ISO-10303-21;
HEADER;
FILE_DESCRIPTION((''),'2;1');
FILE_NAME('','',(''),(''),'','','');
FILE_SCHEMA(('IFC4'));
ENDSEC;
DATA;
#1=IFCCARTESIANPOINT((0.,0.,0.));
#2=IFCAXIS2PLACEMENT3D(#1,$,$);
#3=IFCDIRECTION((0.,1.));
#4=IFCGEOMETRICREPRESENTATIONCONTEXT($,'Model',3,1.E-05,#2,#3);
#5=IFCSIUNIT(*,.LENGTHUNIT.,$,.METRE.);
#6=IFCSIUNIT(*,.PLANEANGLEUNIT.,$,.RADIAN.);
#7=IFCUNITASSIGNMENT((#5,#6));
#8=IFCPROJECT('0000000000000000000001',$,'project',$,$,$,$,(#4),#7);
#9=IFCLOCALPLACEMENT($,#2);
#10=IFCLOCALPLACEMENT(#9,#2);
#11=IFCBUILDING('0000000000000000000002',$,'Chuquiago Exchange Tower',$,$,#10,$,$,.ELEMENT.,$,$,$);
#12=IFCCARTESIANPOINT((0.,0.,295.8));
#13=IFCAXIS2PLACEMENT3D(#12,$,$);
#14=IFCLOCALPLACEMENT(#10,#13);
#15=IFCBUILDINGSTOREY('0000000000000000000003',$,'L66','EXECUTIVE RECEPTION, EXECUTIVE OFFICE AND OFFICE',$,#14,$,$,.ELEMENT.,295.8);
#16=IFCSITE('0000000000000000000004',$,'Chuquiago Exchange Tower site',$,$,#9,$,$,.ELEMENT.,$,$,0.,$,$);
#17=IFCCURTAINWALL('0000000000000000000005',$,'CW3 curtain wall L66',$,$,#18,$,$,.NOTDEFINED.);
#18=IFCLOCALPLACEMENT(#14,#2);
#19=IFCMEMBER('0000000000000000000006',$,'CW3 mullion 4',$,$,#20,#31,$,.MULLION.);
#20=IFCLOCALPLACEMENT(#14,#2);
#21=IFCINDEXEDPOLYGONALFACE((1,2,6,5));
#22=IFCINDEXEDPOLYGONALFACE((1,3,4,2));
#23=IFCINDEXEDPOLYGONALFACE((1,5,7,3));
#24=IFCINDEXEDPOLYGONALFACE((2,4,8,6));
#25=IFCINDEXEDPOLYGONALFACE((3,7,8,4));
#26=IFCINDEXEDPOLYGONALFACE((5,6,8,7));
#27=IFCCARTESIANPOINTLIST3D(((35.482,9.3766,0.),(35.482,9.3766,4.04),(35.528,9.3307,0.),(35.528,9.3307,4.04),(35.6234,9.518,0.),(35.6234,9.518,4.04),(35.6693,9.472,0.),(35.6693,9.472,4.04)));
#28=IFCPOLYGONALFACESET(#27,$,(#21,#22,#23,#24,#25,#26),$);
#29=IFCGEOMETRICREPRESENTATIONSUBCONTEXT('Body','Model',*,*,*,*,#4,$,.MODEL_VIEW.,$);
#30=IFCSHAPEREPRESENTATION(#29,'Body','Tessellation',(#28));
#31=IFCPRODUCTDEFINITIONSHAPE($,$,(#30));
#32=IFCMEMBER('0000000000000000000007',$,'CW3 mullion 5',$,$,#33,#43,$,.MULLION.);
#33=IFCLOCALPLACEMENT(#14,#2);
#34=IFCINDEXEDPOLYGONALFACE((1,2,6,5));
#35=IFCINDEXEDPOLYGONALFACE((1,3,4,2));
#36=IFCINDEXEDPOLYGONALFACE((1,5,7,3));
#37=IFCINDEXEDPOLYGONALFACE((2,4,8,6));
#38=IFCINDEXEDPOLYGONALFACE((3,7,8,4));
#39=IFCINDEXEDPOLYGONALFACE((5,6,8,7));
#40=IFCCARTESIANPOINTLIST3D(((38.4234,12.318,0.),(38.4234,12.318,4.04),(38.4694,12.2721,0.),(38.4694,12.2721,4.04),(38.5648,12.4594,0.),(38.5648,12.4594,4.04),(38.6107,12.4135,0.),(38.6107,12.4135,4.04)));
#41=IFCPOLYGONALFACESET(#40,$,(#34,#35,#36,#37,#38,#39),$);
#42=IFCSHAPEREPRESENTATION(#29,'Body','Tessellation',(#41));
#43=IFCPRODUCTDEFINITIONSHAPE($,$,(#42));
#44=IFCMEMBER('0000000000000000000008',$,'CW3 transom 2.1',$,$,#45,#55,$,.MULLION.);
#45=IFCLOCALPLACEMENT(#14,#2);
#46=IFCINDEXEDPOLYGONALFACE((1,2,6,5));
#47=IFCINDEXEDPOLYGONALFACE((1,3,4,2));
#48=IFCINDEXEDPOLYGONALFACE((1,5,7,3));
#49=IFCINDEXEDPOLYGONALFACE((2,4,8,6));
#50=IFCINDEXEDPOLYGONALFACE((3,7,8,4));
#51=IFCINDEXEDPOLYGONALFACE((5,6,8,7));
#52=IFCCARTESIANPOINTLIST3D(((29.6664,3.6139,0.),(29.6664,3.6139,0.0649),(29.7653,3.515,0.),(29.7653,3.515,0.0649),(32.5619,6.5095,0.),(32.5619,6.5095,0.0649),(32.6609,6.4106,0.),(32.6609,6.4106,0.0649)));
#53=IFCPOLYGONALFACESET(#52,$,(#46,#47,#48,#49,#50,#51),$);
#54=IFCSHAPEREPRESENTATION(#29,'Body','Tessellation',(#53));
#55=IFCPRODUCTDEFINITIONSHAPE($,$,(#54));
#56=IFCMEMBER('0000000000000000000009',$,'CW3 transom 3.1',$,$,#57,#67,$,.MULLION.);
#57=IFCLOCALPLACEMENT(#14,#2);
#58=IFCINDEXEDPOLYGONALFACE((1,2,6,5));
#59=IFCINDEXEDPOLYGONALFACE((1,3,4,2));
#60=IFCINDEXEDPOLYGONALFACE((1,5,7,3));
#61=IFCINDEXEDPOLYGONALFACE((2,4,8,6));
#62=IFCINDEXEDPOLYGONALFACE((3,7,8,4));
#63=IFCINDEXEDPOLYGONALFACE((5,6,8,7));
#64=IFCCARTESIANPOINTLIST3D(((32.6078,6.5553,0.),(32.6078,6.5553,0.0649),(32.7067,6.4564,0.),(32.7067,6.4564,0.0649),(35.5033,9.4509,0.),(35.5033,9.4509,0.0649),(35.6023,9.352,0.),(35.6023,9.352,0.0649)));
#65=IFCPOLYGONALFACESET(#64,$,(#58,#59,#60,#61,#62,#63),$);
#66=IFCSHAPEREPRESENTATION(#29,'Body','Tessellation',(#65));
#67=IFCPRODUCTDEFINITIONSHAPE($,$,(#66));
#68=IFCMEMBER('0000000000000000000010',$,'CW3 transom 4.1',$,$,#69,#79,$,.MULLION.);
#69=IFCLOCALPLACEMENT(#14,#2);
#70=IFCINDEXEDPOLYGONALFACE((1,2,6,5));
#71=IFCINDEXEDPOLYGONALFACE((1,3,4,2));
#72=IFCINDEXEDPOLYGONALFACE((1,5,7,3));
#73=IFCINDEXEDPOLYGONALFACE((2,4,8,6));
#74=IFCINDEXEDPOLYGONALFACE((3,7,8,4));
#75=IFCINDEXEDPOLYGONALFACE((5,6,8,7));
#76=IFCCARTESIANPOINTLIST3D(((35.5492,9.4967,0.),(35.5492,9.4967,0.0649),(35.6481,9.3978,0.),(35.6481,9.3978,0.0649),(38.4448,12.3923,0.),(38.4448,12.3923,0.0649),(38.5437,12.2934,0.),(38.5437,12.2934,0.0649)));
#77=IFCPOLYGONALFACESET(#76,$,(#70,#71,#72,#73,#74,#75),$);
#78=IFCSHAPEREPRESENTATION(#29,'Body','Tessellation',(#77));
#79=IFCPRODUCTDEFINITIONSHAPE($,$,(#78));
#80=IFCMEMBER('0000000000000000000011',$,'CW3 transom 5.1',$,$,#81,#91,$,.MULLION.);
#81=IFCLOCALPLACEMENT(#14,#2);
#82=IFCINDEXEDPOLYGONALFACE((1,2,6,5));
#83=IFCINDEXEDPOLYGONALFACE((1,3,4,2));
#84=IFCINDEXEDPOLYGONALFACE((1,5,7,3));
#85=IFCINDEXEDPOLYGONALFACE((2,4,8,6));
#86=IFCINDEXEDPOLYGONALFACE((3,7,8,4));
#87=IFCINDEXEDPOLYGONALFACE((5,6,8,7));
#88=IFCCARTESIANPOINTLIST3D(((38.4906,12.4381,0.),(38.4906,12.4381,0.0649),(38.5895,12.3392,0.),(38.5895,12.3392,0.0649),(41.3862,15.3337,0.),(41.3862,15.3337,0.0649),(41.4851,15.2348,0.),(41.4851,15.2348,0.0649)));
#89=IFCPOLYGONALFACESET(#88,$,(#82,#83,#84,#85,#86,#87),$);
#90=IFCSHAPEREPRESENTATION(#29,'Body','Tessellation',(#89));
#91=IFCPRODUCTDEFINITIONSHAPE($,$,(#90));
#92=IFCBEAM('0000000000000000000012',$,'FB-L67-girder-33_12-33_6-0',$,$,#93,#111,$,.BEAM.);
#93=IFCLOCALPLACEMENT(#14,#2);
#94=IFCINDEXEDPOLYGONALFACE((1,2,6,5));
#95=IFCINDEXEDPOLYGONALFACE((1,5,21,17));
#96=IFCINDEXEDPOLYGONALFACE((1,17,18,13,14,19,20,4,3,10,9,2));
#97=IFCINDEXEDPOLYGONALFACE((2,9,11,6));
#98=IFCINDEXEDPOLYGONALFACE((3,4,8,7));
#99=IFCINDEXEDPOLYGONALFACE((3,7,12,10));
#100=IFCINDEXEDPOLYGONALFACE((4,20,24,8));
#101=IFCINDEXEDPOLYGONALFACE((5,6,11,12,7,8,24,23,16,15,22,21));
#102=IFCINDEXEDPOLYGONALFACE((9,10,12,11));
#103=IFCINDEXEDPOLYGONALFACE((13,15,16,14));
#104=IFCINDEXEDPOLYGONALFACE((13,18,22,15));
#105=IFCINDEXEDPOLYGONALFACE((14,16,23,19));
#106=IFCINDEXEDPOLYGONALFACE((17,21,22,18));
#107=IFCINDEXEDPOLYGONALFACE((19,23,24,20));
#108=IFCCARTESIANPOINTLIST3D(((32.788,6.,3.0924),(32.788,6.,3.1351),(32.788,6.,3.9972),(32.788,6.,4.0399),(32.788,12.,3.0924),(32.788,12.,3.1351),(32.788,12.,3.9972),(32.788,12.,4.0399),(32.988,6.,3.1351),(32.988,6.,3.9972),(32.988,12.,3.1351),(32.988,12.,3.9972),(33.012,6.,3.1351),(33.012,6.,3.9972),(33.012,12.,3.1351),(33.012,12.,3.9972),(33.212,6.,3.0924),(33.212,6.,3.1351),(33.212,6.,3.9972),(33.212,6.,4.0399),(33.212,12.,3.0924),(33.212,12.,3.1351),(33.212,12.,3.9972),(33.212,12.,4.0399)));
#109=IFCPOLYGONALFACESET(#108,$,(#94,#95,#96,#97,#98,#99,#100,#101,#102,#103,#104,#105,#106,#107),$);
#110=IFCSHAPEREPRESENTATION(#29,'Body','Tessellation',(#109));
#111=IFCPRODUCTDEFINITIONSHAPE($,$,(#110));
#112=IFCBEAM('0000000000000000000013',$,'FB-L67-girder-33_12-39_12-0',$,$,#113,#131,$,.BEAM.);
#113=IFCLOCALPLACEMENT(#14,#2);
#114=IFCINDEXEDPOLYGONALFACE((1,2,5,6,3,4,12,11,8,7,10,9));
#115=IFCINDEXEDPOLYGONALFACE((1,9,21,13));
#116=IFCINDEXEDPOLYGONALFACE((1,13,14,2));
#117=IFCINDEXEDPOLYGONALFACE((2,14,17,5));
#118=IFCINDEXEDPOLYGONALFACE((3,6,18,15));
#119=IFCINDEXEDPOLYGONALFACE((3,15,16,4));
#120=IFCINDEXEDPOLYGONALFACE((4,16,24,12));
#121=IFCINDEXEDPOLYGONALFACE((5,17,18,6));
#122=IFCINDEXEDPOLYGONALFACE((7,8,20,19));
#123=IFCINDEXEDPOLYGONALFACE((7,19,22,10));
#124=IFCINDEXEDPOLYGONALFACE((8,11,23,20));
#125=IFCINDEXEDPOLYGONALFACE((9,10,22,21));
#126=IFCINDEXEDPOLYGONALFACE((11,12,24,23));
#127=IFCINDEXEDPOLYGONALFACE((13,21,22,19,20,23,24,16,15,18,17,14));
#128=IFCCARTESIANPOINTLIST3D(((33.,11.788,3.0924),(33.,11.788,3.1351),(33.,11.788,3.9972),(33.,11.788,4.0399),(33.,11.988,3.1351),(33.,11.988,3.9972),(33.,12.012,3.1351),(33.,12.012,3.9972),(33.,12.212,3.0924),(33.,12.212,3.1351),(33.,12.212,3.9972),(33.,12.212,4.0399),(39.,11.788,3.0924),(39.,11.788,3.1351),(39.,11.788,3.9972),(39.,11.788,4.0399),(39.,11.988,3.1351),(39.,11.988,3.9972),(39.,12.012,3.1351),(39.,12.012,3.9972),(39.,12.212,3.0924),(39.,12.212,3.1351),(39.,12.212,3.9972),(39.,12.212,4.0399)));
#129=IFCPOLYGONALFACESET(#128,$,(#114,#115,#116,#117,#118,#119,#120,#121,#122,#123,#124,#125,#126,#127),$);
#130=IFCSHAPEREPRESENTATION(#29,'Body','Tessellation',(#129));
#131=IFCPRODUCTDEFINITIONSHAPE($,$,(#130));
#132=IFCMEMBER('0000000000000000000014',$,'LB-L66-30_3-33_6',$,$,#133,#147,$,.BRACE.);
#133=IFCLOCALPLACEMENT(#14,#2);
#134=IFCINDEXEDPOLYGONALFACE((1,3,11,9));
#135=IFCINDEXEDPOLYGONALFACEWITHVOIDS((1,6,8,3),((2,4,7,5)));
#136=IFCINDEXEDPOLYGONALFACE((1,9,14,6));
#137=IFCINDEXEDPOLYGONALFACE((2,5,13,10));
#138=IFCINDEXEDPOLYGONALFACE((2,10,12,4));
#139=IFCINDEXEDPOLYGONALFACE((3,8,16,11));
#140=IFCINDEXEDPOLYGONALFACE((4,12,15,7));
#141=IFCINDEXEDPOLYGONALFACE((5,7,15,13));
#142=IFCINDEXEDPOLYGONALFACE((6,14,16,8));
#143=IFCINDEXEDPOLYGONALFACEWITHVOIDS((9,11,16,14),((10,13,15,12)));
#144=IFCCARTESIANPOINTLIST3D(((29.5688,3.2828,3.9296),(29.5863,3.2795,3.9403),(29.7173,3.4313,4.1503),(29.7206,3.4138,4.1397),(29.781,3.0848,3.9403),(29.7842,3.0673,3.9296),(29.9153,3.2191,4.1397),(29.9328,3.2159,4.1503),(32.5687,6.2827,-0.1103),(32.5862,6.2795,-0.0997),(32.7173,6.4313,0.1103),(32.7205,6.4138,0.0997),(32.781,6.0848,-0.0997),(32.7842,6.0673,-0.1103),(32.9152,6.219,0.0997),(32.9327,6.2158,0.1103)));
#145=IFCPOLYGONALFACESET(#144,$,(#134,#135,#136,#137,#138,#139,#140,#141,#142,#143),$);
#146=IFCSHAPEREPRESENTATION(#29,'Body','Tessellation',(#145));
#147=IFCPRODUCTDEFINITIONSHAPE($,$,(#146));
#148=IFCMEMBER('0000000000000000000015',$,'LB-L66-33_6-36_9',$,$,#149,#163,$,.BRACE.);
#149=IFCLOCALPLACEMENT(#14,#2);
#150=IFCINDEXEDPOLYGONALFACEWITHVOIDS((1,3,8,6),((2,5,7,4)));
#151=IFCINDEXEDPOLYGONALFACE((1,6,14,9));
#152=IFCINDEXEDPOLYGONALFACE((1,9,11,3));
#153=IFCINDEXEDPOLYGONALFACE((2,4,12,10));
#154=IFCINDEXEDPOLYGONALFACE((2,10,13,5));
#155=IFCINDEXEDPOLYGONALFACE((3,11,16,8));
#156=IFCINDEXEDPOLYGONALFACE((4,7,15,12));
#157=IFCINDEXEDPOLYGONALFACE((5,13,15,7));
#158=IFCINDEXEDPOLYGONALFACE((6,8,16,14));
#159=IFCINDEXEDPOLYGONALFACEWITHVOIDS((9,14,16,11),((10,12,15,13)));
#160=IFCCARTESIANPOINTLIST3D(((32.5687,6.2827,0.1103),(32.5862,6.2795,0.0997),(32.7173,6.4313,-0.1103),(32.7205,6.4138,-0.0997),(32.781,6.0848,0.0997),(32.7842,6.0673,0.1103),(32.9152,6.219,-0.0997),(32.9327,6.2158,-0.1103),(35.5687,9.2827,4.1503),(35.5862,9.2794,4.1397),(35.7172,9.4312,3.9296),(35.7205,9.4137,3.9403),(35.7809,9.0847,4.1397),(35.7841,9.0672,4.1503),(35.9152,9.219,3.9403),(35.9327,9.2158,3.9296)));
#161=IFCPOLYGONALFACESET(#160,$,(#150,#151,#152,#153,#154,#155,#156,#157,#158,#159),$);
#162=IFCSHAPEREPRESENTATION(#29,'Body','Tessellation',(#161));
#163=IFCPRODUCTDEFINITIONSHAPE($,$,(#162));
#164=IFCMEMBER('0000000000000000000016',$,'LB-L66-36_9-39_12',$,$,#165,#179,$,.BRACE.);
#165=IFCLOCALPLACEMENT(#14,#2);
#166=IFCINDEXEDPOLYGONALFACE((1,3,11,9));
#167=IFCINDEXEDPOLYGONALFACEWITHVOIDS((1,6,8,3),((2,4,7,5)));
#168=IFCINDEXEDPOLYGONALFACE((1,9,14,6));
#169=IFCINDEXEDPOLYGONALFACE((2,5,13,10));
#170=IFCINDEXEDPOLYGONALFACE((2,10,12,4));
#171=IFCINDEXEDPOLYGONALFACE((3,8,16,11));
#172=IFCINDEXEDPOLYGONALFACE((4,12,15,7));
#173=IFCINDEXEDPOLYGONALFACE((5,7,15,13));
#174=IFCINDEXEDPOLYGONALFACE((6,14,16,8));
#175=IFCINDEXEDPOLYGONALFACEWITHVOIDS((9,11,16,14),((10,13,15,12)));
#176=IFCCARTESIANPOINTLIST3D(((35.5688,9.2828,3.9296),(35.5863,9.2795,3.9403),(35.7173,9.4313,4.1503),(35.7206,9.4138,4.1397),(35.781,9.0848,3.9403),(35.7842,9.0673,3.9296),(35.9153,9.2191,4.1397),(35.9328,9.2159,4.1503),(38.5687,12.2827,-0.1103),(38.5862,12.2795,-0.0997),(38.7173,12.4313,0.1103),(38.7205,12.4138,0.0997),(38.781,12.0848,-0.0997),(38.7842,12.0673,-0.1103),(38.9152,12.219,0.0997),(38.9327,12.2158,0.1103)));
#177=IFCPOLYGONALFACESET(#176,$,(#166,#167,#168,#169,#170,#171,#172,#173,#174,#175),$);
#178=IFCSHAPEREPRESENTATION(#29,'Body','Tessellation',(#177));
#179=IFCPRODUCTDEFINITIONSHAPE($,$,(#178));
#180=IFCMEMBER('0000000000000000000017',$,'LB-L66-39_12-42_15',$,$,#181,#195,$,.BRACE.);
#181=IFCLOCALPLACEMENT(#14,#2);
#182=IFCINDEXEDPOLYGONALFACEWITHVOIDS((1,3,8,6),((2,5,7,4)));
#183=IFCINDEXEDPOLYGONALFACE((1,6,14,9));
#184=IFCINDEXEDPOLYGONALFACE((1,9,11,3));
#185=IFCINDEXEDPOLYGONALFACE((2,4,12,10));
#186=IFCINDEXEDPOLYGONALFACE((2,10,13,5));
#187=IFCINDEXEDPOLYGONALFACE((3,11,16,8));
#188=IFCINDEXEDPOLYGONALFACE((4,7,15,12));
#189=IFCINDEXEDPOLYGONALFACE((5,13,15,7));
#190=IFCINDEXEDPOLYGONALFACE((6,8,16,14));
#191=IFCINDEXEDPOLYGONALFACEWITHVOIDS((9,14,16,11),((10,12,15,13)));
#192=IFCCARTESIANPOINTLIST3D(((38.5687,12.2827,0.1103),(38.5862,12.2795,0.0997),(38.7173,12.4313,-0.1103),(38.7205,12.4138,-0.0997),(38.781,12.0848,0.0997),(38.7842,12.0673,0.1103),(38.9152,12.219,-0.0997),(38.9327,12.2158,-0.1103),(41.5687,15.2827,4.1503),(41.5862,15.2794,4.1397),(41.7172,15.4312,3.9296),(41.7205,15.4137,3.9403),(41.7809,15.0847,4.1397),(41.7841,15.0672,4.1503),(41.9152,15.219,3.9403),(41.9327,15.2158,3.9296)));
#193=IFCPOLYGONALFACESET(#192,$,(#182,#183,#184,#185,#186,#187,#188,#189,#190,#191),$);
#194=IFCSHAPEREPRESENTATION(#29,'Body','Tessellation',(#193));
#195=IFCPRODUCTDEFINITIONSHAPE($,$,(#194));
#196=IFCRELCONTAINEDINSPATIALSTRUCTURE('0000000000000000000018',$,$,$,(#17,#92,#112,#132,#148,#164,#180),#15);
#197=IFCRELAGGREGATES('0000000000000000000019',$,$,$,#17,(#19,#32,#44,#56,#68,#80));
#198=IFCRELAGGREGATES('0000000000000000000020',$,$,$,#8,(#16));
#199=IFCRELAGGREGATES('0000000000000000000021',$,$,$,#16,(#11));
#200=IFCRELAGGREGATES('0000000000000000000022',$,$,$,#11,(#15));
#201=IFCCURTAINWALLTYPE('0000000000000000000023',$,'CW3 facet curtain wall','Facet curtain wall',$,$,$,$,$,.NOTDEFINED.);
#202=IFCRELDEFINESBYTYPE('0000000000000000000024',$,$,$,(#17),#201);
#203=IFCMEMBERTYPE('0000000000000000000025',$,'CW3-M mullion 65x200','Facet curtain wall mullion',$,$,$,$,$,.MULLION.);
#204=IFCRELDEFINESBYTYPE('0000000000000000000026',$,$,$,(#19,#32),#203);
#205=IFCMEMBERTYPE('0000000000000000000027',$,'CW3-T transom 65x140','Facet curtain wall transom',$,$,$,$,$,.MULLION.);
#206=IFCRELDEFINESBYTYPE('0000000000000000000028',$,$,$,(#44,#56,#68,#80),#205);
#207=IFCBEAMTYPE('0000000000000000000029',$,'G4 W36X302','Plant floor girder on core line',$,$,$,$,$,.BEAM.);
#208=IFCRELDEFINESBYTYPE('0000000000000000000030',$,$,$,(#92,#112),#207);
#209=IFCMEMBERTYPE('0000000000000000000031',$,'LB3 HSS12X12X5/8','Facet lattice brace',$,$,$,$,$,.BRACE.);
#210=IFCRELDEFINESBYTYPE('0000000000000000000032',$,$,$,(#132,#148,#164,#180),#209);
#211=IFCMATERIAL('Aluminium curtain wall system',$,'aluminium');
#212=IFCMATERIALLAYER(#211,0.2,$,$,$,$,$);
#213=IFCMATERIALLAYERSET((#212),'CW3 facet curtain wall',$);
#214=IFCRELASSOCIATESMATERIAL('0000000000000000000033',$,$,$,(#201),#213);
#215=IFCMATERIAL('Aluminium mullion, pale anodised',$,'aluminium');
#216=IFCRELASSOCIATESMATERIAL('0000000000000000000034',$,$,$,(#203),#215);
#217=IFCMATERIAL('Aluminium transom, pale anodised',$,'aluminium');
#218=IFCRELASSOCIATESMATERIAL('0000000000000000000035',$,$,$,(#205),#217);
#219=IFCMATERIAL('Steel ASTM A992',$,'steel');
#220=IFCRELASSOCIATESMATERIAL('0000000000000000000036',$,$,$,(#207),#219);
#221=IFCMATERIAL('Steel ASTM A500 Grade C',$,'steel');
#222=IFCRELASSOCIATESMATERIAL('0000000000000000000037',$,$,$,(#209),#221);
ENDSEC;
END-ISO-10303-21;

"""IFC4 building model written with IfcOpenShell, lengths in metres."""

from ifc_helpers import new_model, si_unit, direction, frame, origin, origin_2d, place, context, subcontext, project, spatial, rectangle, hollow_rectangle, i_section, extrude, material, layer, layer_set, material_profile, profile_set, type_object, element, aggregate, save


model = new_model("IFC4")

# Units and contexts
model_context = context("Model", 3, precision=1e-05, world=origin(), true_north=direction((0.0, 1.0)))
body_context = subcontext(model_context, "Body", "Model", "MODEL_VIEW")
ifc_project = project(units=[si_unit("LENGTHUNIT", "METRE"), si_unit("PLANEANGLEUNIT", "RADIAN")], contexts=[model_context])

# Site, building, storey
site_placement = place(None, origin())
site = spatial("IfcSite", under=ifc_project, at=site_placement, Name="Chuquiago Exchange Tower site", CompositionType="ELEMENT", RefElevation=0.0)
building_placement = place(site_placement, origin())
building = spatial("IfcBuilding", under=site, at=building_placement, Name="Chuquiago Exchange Tower", CompositionType="ELEMENT")
storey_placement = place(building_placement, frame((0.0, 0.0, 295.8)))
storey = spatial("IfcBuildingStorey", under=building, at=storey_placement, Name="L66", Description="EXECUTIVE RECEPTION, EXECUTIVE OFFICE AND OFFICE", CompositionType="ELEMENT", Elevation=295.8)

# Curtain wall, members
ifc_material_1 = material(Name="Aluminium curtain wall system", Category="aluminium")
ifc_layer_1 = layer(ifc_material_1, 0.2)
ifc_layer_set_1 = layer_set([ifc_layer_1], Name="CW3 facet curtain wall")
curtain_wall_type = type_object("IfcCurtainWallType", Name="CW3 facet curtain wall", Description="Facet curtain wall", PredefinedType="NOTDEFINED", material=ifc_layer_set_1)
curtain_wall_placement = place(storey_placement, origin())
curtain_wall = element("IfcCurtainWall", 1, at=curtain_wall_placement, inside=storey, type_object=curtain_wall_type, Name="CW3 curtain wall L66", PredefinedType="NOTDEFINED")
ifc_material_2 = material(Name="Aluminium mullion, pale anodised", Category="aluminium")
ifc_material_profile_1 = material_profile(ifc_material_2, rectangle(XDim=0.0649, YDim=0.2, at=origin_2d()), Name="AL 65x200")
ifc_profile_set_1 = profile_set([ifc_material_profile_1], Name="Aluminium mullion, pale anodised")
member_type_1 = type_object("IfcMemberType", Name="CW3-M mullion 65x200", Description="Facet curtain wall mullion", PredefinedType="MULLION", material=ifc_profile_set_1)
member_1_placement = place(storey_placement, frame((35.5757, 9.4243, 0.0), z_axis=(0.0, 0.0, 1.0), x_axis=(-0.707107, 0.707107, 0.0)))
member_1 = element("IfcMember", 2, at=member_1_placement, type_object=member_type_1, Name="CW3 mullion 4", PredefinedType="MULLION", context=body_context, shape_type="SweptSolid", body=[
    extrude(rectangle(XDim=0.0649, YDim=0.2, at=origin_2d()), origin(), (0.0, 0.0, 1.0), 4.04),
])
member_2_placement = place(storey_placement, frame((38.5171, 12.3657, 0.0), z_axis=(0.0, 0.0, 1.0), x_axis=(-0.707107, 0.707107, 0.0)))
member_2 = element("IfcMember", 3, at=member_2_placement, type_object=member_type_1, Name="CW3 mullion 5", PredefinedType="MULLION", context=body_context, shape_type="SweptSolid", body=[
    extrude(rectangle(XDim=0.0649, YDim=0.2, at=origin_2d()), origin(), (0.0, 0.0, 1.0), 4.04),
])
ifc_material_3 = material(Name="Aluminium transom, pale anodised", Category="aluminium")
ifc_material_profile_2 = material_profile(ifc_material_3, rectangle(XDim=0.1399, YDim=0.0649, at=origin_2d()), Name="AL 140x65")
ifc_profile_set_2 = profile_set([ifc_material_profile_2], Name="Aluminium transom, pale anodised")
member_type_2 = type_object("IfcMemberType", Name="CW3-T transom 65x140", Description="Facet curtain wall transom", PredefinedType="MULLION", material=ifc_profile_set_2)
member_3_placement = place(storey_placement, frame((29.7158, 3.5645, 0.0325), z_axis=(0.707107, 0.707107, 0.0), x_axis=(-0.707107, 0.707107, 0.0)))
member_3 = element("IfcMember", 4, at=member_3_placement, type_object=member_type_2, Name="CW3 transom 2.1", PredefinedType="MULLION", context=body_context, shape_type="SweptSolid", body=[
    extrude(rectangle(XDim=0.1399, YDim=0.0649, at=origin_2d()), origin(), (0.0, 0.0, 1.0), 4.095),
])
member_4_placement = place(storey_placement, frame((32.6572, 6.5059, 0.0325), z_axis=(0.707107, 0.707107, 0.0), x_axis=(-0.707107, 0.707107, 0.0)))
member_4 = element("IfcMember", 5, at=member_4_placement, type_object=member_type_2, Name="CW3 transom 3.1", PredefinedType="MULLION", context=body_context, shape_type="SweptSolid", body=[
    extrude(rectangle(XDim=0.1399, YDim=0.0649, at=origin_2d()), origin(), (0.0, 0.0, 1.0), 4.095),
])
member_5_placement = place(storey_placement, frame((35.5986, 9.4473, 0.0325), z_axis=(0.707107, 0.707107, 0.0), x_axis=(-0.707107, 0.707107, 0.0)))
member_5 = element("IfcMember", 6, at=member_5_placement, type_object=member_type_2, Name="CW3 transom 4.1", PredefinedType="MULLION", context=body_context, shape_type="SweptSolid", body=[
    extrude(rectangle(XDim=0.1399, YDim=0.0649, at=origin_2d()), origin(), (0.0, 0.0, 1.0), 4.095),
])
member_6_placement = place(storey_placement, frame((38.54, 12.3887, 0.0325), z_axis=(0.707107, 0.707107, 0.0), x_axis=(-0.707107, 0.707107, 0.0)))
member_6 = element("IfcMember", 7, at=member_6_placement, type_object=member_type_2, Name="CW3 transom 5.1", PredefinedType="MULLION", context=body_context, shape_type="SweptSolid", body=[
    extrude(rectangle(XDim=0.1399, YDim=0.0649, at=origin_2d()), origin(), (0.0, 0.0, 1.0), 4.095),
])

# Beams
ifc_material_4 = material(Name="Steel ASTM A992", Category="steel")
ifc_material_profile_3 = material_profile(ifc_material_4, i_section(OverallWidth=0.4241, OverallDepth=0.9475, WebThickness=0.0239, FlangeThickness=0.0427, at=origin_2d()), Name="W36X302")
ifc_profile_set_3 = profile_set([ifc_material_profile_3], Name="Steel ASTM A992")
beam_type_1 = type_object("IfcBeamType", Name="G4 W36X302", Description="Plant floor girder on core line", PredefinedType="BEAM", material=ifc_profile_set_3)
for number, where, z_axis, x_axis, name in (
    (8, (33.0, 12.0, 3.5662), (0.0, -1.0, 0.0), (1.0, 0.0, 0.0), "FB-L67-girder-33_12-33_6-0"),
    (9, (33.0, 12.0, 3.5662), (1.0, 0.0, 0.0), (0.0, 1.0, 0.0), "FB-L67-girder-33_12-39_12-0"),
):
    element("IfcBeam", number, at=place(storey_placement, frame(where, z_axis=z_axis, x_axis=x_axis)), inside=storey, type_object=beam_type_1, Name=name, PredefinedType="BEAM", context=body_context, shape_type="SweptSolid", body=[
        extrude(i_section(OverallWidth=0.4241, OverallDepth=0.9475, WebThickness=0.0239, FlangeThickness=0.0427, at=origin_2d()), origin(), (0.0, 0.0, 1.0), 6.0),
    ])

# Members
ifc_material_5 = material(Name="Steel ASTM A500 Grade C", Category="steel")
ifc_material_profile_4 = material_profile(ifc_material_5, hollow_rectangle(XDim=0.3047, YDim=0.3047, WallThickness=0.0146, at=origin_2d()), Name="HSS12X12X5/8")
ifc_profile_set_4 = profile_set([ifc_material_profile_4], Name="Steel ASTM A500 Grade C")
member_type_3 = type_object("IfcMemberType", Name="LB3 HSS12X12X5/8", Description="Facet lattice brace", PredefinedType="BRACE", material=ifc_profile_set_4)
for number, where, z_axis, x_axis, name in (
    (10, (32.7507, 6.2493, 0.0), (-0.512077, -0.512077, 0.689604), (0.707107, -0.707107, 0.0), "LB-L66-30_3-33_6"),
    (11, (32.7507, 6.2493, 0.0), (0.512077, 0.512077, 0.689604), (-0.707107, 0.707107, 0.0), "LB-L66-33_6-36_9"),
    (12, (38.7507, 12.2493, 0.0), (-0.512077, -0.512077, 0.689604), (0.707107, -0.707107, 0.0), "LB-L66-36_9-39_12"),
    (13, (38.7507, 12.2493, 0.0), (0.512077, 0.512077, 0.689604), (-0.707107, 0.707107, 0.0), "LB-L66-39_12-42_15"),
):
    element("IfcMember", number, at=place(storey_placement, frame(where, z_axis=z_axis, x_axis=x_axis)), inside=storey, type_object=member_type_3, Name=name, PredefinedType="BRACE", context=body_context, shape_type="SweptSolid", body=[
        extrude(hollow_rectangle(XDim=0.3047, YDim=0.3047, WallThickness=0.0146, at=origin_2d()), origin(), (0.0, 0.0, 1.0), 5.8584),
    ])

aggregate(curtain_wall, [member_1, member_2, member_3, member_4, member_5, member_6])

save(model, "model.ifc")
